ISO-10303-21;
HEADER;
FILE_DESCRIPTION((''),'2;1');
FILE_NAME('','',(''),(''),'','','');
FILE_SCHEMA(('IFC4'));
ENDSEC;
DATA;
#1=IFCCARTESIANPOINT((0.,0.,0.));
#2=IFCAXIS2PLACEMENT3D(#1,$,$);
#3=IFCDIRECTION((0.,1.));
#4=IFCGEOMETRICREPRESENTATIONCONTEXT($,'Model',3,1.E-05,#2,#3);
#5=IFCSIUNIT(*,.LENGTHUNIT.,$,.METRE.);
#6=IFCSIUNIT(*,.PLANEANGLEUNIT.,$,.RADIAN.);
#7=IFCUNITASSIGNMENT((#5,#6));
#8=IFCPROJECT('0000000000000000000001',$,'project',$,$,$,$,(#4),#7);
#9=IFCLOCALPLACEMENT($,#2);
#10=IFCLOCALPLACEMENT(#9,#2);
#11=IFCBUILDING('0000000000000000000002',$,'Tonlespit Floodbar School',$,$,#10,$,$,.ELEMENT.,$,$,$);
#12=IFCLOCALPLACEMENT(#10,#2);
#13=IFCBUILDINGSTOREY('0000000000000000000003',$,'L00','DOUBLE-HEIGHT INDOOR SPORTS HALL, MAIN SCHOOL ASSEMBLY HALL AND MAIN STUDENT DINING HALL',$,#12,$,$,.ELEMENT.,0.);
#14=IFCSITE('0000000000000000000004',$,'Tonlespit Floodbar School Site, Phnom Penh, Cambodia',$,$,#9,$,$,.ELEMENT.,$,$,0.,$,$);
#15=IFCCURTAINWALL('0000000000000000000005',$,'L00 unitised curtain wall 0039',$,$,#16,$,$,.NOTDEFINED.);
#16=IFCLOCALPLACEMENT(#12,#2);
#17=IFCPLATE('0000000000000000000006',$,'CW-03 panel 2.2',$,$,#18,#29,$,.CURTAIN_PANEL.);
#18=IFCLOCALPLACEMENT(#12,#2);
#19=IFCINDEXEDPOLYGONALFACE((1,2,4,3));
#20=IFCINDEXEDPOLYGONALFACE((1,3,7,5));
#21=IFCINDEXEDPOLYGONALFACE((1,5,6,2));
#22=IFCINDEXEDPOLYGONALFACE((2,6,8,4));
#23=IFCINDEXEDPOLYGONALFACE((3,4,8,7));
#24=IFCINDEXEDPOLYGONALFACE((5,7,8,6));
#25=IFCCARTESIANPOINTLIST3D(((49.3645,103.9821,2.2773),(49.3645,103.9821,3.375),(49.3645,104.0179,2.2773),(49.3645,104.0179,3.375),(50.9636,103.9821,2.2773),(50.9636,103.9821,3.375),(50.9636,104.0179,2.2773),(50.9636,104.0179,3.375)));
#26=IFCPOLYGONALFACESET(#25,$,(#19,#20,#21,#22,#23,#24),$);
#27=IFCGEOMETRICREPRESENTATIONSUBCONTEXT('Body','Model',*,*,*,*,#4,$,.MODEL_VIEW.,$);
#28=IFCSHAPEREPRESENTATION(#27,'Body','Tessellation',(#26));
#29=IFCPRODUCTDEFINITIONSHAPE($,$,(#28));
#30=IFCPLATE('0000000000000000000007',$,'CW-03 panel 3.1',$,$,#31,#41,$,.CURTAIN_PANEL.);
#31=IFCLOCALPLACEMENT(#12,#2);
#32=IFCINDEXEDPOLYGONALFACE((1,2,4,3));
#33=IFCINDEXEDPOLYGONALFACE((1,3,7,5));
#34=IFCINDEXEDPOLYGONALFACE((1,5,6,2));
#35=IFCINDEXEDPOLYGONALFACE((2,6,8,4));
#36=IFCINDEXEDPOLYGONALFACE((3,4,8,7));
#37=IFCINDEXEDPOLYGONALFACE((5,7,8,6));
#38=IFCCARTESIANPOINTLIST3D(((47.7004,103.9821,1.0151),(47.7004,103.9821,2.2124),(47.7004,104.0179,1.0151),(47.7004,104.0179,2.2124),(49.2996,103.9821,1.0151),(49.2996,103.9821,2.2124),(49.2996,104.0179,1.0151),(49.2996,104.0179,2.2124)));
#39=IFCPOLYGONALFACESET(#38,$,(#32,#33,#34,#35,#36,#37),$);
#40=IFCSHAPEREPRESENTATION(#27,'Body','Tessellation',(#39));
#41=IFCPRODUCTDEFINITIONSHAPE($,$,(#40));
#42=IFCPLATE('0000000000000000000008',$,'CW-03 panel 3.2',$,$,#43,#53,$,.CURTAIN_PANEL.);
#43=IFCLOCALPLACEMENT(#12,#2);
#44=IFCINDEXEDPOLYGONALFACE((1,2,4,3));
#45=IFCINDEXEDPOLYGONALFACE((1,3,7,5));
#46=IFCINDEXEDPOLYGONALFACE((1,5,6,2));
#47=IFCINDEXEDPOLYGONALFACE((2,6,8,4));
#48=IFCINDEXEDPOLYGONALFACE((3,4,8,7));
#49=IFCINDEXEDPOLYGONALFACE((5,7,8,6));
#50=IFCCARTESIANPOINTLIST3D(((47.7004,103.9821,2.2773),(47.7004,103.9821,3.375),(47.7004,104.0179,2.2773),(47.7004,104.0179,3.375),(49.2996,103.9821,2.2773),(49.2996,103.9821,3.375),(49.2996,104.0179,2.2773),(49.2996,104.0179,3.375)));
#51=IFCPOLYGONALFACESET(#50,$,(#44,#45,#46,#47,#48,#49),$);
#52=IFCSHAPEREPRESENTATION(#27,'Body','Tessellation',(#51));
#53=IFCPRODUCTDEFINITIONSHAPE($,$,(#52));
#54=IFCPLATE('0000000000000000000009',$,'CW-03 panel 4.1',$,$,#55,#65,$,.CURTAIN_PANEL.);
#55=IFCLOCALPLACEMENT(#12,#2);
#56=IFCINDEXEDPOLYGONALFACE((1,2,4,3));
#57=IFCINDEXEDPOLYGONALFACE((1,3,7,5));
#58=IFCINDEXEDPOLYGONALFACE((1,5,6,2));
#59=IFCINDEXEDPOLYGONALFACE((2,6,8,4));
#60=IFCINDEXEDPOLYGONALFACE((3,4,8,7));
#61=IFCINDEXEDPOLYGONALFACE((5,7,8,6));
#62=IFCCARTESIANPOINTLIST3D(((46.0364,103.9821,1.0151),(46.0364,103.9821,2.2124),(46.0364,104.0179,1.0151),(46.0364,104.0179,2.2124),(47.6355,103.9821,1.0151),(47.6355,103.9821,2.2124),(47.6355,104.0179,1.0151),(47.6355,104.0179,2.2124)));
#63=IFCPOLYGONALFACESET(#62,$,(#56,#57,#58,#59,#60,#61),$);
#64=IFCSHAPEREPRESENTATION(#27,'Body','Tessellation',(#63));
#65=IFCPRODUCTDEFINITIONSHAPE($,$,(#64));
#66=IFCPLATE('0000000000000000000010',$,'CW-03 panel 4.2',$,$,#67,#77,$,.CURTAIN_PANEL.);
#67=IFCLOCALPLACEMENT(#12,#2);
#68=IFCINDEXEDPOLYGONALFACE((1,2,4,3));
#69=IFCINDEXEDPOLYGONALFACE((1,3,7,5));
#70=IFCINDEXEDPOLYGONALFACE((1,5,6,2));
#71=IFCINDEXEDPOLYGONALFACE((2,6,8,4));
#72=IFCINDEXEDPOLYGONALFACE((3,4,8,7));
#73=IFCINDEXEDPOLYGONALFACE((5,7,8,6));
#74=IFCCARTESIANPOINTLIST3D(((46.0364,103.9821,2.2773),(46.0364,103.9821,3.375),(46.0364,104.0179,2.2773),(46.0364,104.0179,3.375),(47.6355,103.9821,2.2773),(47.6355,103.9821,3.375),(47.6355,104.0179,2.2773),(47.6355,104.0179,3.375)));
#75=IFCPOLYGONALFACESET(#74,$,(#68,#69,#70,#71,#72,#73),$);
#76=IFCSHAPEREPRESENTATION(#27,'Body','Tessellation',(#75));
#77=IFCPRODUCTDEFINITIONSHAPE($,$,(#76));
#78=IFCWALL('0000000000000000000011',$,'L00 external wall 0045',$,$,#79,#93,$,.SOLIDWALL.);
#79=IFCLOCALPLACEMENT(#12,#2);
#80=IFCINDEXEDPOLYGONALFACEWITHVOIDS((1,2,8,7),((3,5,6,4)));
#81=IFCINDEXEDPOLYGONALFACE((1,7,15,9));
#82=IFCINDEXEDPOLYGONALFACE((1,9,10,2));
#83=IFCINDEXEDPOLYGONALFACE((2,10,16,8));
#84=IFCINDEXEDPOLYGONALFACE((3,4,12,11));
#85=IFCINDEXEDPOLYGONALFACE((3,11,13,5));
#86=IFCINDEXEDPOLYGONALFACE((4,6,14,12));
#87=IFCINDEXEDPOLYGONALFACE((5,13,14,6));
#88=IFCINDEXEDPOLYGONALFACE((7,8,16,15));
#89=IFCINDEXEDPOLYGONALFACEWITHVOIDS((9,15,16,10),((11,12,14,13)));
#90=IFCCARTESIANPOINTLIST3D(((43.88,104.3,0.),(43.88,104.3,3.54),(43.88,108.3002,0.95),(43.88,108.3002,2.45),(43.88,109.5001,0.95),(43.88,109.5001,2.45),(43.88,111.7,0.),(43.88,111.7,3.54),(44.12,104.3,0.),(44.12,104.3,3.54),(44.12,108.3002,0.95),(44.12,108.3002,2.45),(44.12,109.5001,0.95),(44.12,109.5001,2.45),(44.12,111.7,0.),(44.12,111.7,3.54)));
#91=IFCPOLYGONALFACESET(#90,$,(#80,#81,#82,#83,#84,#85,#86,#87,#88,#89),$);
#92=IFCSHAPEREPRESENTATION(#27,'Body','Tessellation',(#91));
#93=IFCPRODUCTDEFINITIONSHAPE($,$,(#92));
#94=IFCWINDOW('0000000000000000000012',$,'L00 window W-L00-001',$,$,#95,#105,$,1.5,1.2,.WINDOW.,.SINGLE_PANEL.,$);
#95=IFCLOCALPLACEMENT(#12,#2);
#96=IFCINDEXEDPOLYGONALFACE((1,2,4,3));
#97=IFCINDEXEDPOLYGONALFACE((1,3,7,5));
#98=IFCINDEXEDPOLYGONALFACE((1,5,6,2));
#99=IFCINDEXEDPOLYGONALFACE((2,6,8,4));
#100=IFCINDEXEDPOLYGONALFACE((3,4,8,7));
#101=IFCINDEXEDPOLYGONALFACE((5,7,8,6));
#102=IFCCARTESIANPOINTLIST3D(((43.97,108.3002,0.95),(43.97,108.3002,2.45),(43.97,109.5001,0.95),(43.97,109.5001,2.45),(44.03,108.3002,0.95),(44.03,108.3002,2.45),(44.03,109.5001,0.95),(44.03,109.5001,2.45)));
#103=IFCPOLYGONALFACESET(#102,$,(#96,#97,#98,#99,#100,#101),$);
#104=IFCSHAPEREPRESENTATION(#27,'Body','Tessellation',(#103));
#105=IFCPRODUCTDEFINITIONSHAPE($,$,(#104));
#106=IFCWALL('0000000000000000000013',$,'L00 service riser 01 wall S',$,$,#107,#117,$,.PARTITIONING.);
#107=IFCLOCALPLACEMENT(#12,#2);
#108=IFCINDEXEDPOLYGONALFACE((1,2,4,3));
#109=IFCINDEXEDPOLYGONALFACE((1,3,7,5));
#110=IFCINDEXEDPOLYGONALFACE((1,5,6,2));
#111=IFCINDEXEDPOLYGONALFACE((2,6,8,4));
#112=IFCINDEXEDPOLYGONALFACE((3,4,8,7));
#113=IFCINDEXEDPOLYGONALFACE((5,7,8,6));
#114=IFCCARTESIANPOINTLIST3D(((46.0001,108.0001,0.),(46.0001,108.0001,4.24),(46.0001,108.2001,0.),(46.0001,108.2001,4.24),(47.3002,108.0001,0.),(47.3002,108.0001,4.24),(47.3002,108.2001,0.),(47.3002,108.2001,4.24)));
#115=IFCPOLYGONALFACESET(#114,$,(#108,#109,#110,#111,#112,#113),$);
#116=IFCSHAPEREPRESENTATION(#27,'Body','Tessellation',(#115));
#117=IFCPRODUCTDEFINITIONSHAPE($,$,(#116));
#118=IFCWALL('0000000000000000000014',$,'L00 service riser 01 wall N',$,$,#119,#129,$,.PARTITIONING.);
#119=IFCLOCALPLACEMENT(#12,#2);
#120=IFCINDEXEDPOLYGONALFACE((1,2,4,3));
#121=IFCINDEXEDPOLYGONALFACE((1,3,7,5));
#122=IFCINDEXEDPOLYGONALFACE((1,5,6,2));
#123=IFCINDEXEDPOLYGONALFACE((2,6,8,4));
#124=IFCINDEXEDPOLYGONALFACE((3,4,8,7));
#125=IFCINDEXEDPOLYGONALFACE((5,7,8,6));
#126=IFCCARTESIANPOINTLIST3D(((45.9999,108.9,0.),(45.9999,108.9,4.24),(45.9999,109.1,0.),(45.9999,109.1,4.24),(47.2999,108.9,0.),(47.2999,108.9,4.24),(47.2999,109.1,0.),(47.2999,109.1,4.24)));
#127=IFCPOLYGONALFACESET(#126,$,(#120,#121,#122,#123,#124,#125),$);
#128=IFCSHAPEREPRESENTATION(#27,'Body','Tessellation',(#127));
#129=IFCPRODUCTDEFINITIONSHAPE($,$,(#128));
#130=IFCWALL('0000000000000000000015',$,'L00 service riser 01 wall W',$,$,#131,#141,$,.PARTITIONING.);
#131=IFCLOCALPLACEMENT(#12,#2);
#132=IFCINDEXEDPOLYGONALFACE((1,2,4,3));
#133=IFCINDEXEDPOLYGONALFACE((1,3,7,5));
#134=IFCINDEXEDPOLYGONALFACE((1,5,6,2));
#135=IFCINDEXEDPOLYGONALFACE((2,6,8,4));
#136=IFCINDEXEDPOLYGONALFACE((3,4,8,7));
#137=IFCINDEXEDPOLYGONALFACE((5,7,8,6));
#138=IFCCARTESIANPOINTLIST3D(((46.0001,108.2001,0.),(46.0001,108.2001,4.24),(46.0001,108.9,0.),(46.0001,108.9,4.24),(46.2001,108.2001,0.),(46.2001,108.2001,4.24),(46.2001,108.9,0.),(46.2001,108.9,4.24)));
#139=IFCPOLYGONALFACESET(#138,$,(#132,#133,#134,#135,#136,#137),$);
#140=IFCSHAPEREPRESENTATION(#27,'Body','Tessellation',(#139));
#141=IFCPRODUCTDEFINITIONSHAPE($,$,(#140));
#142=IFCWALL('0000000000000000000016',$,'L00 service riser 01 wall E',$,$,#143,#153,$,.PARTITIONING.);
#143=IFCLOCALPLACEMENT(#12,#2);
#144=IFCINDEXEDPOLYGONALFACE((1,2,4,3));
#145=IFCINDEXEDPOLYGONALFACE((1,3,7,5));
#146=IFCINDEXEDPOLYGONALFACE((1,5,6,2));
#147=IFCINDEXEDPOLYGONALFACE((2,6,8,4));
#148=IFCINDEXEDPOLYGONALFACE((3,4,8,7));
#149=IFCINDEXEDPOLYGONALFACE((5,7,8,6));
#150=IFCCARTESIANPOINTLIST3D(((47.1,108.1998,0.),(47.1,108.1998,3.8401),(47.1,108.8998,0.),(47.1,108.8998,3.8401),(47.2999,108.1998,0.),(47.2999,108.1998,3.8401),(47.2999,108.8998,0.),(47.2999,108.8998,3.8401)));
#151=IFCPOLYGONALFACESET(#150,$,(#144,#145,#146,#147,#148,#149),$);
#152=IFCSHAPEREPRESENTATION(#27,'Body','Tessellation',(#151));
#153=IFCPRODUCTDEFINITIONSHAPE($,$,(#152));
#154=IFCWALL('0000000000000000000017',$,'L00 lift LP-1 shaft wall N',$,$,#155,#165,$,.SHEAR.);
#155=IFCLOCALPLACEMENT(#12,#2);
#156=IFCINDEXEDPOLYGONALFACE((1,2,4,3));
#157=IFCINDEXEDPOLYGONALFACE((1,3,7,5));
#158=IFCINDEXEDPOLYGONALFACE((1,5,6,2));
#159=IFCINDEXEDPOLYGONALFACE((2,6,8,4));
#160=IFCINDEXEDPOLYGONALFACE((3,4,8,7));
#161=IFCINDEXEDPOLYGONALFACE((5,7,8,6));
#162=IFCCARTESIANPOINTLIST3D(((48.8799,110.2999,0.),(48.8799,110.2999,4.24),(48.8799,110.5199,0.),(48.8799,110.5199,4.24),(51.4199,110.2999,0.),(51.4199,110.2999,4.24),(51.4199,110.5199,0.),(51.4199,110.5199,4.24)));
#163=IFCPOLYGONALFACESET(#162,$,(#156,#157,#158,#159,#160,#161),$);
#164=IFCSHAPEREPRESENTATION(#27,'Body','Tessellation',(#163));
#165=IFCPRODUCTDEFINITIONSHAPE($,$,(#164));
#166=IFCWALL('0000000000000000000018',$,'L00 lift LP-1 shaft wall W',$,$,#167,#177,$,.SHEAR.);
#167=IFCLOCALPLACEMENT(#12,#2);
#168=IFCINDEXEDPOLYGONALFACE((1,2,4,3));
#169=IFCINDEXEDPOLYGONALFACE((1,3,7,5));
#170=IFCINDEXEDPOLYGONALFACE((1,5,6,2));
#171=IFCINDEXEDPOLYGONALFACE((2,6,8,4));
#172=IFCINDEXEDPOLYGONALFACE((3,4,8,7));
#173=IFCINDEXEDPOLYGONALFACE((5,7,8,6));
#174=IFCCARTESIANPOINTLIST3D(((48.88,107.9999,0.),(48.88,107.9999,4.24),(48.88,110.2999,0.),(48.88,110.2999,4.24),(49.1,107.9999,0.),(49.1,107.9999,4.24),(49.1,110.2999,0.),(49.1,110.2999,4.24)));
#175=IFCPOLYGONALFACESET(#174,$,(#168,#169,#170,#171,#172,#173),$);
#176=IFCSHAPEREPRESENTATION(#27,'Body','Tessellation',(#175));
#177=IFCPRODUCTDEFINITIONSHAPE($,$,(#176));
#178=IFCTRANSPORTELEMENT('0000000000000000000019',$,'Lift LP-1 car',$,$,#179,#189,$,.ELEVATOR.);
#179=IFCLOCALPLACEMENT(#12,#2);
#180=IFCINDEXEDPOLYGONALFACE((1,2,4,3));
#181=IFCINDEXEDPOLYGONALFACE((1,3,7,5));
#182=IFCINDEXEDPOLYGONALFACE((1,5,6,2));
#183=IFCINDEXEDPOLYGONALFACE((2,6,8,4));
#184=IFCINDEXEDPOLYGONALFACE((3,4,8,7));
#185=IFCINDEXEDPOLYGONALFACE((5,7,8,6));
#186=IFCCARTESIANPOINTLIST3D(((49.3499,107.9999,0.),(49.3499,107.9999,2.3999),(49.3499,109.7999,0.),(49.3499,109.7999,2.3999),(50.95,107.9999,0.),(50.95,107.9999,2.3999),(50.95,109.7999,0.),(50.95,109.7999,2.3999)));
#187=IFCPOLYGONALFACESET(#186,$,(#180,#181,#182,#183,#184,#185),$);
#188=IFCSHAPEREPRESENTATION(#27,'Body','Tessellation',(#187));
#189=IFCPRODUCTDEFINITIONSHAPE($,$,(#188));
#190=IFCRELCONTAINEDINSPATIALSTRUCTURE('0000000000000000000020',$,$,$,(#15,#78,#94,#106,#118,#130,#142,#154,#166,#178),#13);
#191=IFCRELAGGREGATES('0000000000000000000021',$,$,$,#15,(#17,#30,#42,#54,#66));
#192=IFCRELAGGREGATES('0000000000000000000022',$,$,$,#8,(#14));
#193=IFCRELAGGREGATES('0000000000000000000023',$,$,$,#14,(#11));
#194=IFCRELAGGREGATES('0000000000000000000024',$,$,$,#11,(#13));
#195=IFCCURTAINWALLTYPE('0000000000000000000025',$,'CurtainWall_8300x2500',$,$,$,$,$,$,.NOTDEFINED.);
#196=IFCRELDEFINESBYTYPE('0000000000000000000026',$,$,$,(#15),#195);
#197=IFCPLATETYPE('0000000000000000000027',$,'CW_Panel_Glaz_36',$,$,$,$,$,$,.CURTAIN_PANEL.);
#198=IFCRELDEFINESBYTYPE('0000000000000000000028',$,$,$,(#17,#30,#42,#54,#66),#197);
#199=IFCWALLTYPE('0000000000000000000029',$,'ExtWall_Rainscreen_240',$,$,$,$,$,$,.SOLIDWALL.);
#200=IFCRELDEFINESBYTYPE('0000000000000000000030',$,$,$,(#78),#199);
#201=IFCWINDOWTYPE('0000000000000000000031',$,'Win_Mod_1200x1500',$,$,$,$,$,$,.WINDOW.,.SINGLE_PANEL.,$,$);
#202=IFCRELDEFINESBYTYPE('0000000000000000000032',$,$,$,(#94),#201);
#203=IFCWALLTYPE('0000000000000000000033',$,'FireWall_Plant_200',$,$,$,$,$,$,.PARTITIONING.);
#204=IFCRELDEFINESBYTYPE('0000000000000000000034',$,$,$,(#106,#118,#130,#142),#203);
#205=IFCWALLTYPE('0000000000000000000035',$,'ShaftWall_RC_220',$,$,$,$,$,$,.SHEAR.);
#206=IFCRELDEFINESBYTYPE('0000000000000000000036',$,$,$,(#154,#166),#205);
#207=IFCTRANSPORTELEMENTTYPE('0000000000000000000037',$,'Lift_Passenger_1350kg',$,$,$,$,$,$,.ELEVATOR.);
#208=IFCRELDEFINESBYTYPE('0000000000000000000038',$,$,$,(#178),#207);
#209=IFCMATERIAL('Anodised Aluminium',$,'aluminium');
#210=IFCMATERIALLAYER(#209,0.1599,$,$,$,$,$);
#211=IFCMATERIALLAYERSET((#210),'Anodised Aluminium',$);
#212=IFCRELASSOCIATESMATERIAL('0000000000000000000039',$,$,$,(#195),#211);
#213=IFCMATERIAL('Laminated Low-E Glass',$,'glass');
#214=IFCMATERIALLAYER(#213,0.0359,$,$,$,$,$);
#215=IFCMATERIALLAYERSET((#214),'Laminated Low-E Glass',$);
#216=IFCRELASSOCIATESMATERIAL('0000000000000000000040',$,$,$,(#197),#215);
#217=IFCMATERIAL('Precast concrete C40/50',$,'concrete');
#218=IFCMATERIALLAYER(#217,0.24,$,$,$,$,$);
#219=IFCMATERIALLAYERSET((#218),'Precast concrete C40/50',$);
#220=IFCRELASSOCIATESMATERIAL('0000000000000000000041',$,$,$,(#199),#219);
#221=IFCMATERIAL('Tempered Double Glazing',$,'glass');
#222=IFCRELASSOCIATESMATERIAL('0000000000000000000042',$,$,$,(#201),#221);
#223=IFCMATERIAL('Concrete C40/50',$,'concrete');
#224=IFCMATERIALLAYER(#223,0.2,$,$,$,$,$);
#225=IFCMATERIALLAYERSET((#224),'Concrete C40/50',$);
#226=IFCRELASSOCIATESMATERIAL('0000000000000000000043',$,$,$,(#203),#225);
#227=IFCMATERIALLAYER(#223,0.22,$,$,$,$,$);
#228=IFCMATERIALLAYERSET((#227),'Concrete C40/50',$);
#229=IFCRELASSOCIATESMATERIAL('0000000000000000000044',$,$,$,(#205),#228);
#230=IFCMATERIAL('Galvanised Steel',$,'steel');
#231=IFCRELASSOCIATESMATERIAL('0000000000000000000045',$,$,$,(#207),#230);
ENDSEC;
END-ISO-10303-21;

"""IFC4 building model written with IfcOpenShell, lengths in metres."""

from ifc_helpers import new_model, si_unit, direction, frame, frame_2d, origin, origin_2d, place, context, subcontext, project, spatial, rectangle, extrude, material, layer, layer_set, type_object, element, fill, aggregate, save


model = new_model("IFC4")

# Units and contexts
model_context = context("Model", 3, precision=1e-05, world=origin(), true_north=direction((0.0, 1.0)))
body_context = subcontext(model_context, "Body", "Model", "MODEL_VIEW")
ifc_project = project(units=[si_unit("LENGTHUNIT", "METRE"), si_unit("PLANEANGLEUNIT", "RADIAN")], contexts=[model_context])

# Site, building, storey
site_placement = place(None, origin())
site = spatial("IfcSite", under=ifc_project, at=site_placement, Name="Tonlespit Floodbar School Site, Phnom Penh, Cambodia", CompositionType="ELEMENT", RefElevation=0.0)
building_placement = place(site_placement, origin())
building = spatial("IfcBuilding", under=site, at=building_placement, Name="Tonlespit Floodbar School", CompositionType="ELEMENT")
storey_placement = place(building_placement, origin())
storey = spatial("IfcBuildingStorey", under=building, at=storey_placement, Name="L00", Description="DOUBLE-HEIGHT INDOOR SPORTS HALL, MAIN SCHOOL ASSEMBLY HALL AND MAIN STUDENT DINING HALL", CompositionType="ELEMENT", Elevation=0.0)

# Shared definitions
ifc_material_1 = material(Name="Concrete C40/50", Category="concrete")

# Curtain wall
ifc_material_2 = material(Name="Anodised Aluminium", Category="aluminium")
ifc_layer_1 = layer(ifc_material_2, 0.1599)
ifc_layer_set_1 = layer_set([ifc_layer_1], Name="Anodised Aluminium")
curtain_wall_type = type_object("IfcCurtainWallType", Name="CurtainWall_8300x2500", PredefinedType="NOTDEFINED", material=ifc_layer_set_1)
curtain_wall_placement = place(storey_placement, origin())
curtain_wall = element("IfcCurtainWall", 1, at=curtain_wall_placement, inside=storey, type_object=curtain_wall_type, Name="L00 unitised curtain wall 0039", PredefinedType="NOTDEFINED")

# Plates
ifc_material_3 = material(Name="Laminated Low-E Glass", Category="glass")
ifc_layer_2 = layer(ifc_material_3, 0.0359)
ifc_layer_set_2 = layer_set([ifc_layer_2], Name="Laminated Low-E Glass")
plate_type = type_object("IfcPlateType", Name="CW_Panel_Glaz_36", PredefinedType="CURTAIN_PANEL", material=ifc_layer_set_2)
plate_1_placement = place(storey_placement, frame((50.1641, 104.0, 2.2773), z_axis=(0.0, 0.0, 1.0), x_axis=(-1.0, 0.0, 0.0)))
plate_1 = element("IfcPlate", 2, at=plate_1_placement, type_object=plate_type, Name="CW-03 panel 2.2", PredefinedType="CURTAIN_PANEL", context=body_context, shape_type="SweptSolid", body=[
    extrude(rectangle(XDim=1.5991, YDim=0.0359, at=origin_2d()), origin(), (0.0, 0.0, 1.0), 1.0977),
])
plate_2_placement = place(storey_placement, frame((48.5, 104.0, 1.0151), z_axis=(0.0, 0.0, 1.0), x_axis=(-1.0, 0.0, 0.0)))
plate_2 = element("IfcPlate", 3, at=plate_2_placement, type_object=plate_type, Name="CW-03 panel 3.1", PredefinedType="CURTAIN_PANEL", context=body_context, shape_type="SweptSolid", body=[
    extrude(rectangle(XDim=1.5991, YDim=0.0359, at=origin_2d()), origin(), (0.0, 0.0, 1.0), 1.1973),
])
plate_3_placement = place(storey_placement, frame((48.5, 104.0, 2.2773), z_axis=(0.0, 0.0, 1.0), x_axis=(-1.0, 0.0, 0.0)))
plate_3 = element("IfcPlate", 4, at=plate_3_placement, type_object=plate_type, Name="CW-03 panel 3.2", PredefinedType="CURTAIN_PANEL", context=body_context, shape_type="SweptSolid", body=[
    extrude(rectangle(XDim=1.5991, YDim=0.0359, at=origin_2d()), origin(), (0.0, 0.0, 1.0), 1.0977),
])
plate_4_placement = place(storey_placement, frame((46.8359, 104.0, 1.0151), z_axis=(0.0, 0.0, 1.0), x_axis=(-1.0, 0.0, 0.0)))
plate_4 = element("IfcPlate", 5, at=plate_4_placement, type_object=plate_type, Name="CW-03 panel 4.1", PredefinedType="CURTAIN_PANEL", context=body_context, shape_type="SweptSolid", body=[
    extrude(rectangle(XDim=1.5991, YDim=0.0359, at=origin_2d()), origin(), (0.0, 0.0, 1.0), 1.1973),
])
plate_5_placement = place(storey_placement, frame((46.8359, 104.0, 2.2773), z_axis=(0.0, 0.0, 1.0), x_axis=(-1.0, 0.0, 0.0)))
plate_5 = element("IfcPlate", 6, at=plate_5_placement, type_object=plate_type, Name="CW-03 panel 4.2", PredefinedType="CURTAIN_PANEL", context=body_context, shape_type="SweptSolid", body=[
    extrude(rectangle(XDim=1.5991, YDim=0.0359, at=origin_2d()), origin(), (0.0, 0.0, 1.0), 1.0977),
])
aggregate(curtain_wall, [plate_1, plate_2, plate_3, plate_4, plate_5])

# Wall, opening, window
ifc_material_4 = material(Name="Precast concrete C40/50", Category="concrete")
ifc_layer_3 = layer(ifc_material_4, 0.24)
ifc_layer_set_3 = layer_set([ifc_layer_3], Name="Precast concrete C40/50")
wall_type_1 = type_object("IfcWallType", Name="ExtWall_Rainscreen_240", PredefinedType="SOLIDWALL", material=ifc_layer_set_3)
wall_1_placement = place(storey_placement, frame((44.0, 104.3, 0.0), z_axis=(0.0, 0.0, 1.0), x_axis=(0.0, 1.0, 0.0)))
wall_1 = element("IfcWall", 7, at=wall_1_placement, inside=storey, type_object=wall_type_1, Name="L00 external wall 0045", PredefinedType="SOLIDWALL", context=body_context, shape_type="SweptSolid", body=[
    extrude(rectangle(XDim=7.3999, YDim=0.24, at=frame_2d((3.7, 0.0))), origin(), (0.0, 0.0, 1.0), 3.54),
])
opening_placement = place(wall_1_placement, frame((4.0, 0.0, 0.95)))
opening = element("IfcOpeningElement", 8, at=opening_placement, cuts=wall_1, PredefinedType="OPENING", context=body_context, shape_type="SweptSolid", body=[
    extrude(rectangle(XDim=1.2, YDim=1.5, at=frame_2d((0.6001, 0.75))), frame((0.0, 0.1299, 0.0), z_axis=(0.0, -1.0, 0.0), x_axis=(1.0, 0.0, 0.0)), (0.0, 0.0, 1.0), 0.26),
])
ifc_material_5 = material(Name="Tempered Double Glazing", Category="glass")
window_type = type_object("IfcWindowType", Name="Win_Mod_1200x1500", PartitioningType="SINGLE_PANEL", PredefinedType="WINDOW", material=ifc_material_5)
window_placement = place(opening_placement, origin())
window = element("IfcWindow", 9, at=window_placement, inside=storey, type_object=window_type, Name="L00 window W-L00-001", OverallHeight=1.5, OverallWidth=1.2, PartitioningType="SINGLE_PANEL", PredefinedType="WINDOW", context=body_context, shape_type="SweptSolid", body=[
    extrude(rectangle(XDim=1.2, YDim=1.5, at=frame_2d((0.6001, 0.75))), frame((0.0, 0.03, 0.0), z_axis=(0.0, -1.0, 0.0), x_axis=(1.0, 0.0, 0.0)), (0.0, 0.0, 1.0), 0.0601),
])
fill(opening, window)

# Walls
ifc_layer_4 = layer(ifc_material_1, 0.2)
ifc_layer_set_4 = layer_set([ifc_layer_4], Name="Concrete C40/50")
wall_type_2 = type_object("IfcWallType", Name="FireWall_Plant_200", PredefinedType="PARTITIONING", material=ifc_layer_set_4)
for number, where, z_axis, x_axis, name in (
    (10, (47.3, 108.1001, 0.0), (0.0, 0.0, 1.0), (-1.0, 0.0, 0.0), "L00 service riser 01 wall S"),
    (11, (46.0, 109.0, 0.0), (0.0, 0.0, 1.0), (1.0, 0.0, 0.0), "L00 service riser 01 wall N"),
):
    element("IfcWall", number, at=place(storey_placement, frame(where, z_axis=z_axis, x_axis=x_axis)), inside=storey, type_object=wall_type_2, Name=name, PredefinedType="PARTITIONING", context=body_context, shape_type="SweptSolid", body=[
        extrude(rectangle(XDim=1.3, YDim=0.2, at=frame_2d((0.6499, 0.0))), origin(), (0.0, 0.0, 1.0), 4.24),
    ])
wall_2_placement = place(storey_placement, frame((46.1001, 108.2, 0.0), z_axis=(0.0, 0.0, 1.0), x_axis=(0.0, 1.0, 0.0)))
element("IfcWall", 12, at=wall_2_placement, inside=storey, type_object=wall_type_2, Name="L00 service riser 01 wall W", PredefinedType="PARTITIONING", context=body_context, shape_type="SweptSolid", body=[
    extrude(rectangle(XDim=0.7, YDim=0.2, at=frame_2d((0.3501, 0.0))), origin(), (0.0, 0.0, 1.0), 4.24),
])
wall_3_placement = place(storey_placement, frame((47.2, 108.8999, 0.0), z_axis=(0.0, 0.0, 1.0), x_axis=(0.0, -1.0, 0.0)))
element("IfcWall", 13, at=wall_3_placement, inside=storey, type_object=wall_type_2, Name="L00 service riser 01 wall E", PredefinedType="PARTITIONING", context=body_context, shape_type="SweptSolid", body=[
    extrude(rectangle(XDim=0.7, YDim=0.2, at=frame_2d((0.3501, 0.0))), origin(), (0.0, 0.0, 1.0), 3.8401),
])
ifc_layer_5 = layer(ifc_material_1, 0.22)
ifc_layer_set_5 = layer_set([ifc_layer_5], Name="Concrete C40/50")
wall_type_3 = type_object("IfcWallType", Name="ShaftWall_RC_220", PredefinedType="SHEAR", material=ifc_layer_set_5)
wall_4_placement = place(storey_placement, frame((48.8799, 110.4099, 0.0), z_axis=(0.0, 0.0, 1.0), x_axis=(1.0, 0.0, 0.0)))
element("IfcWall", 14, at=wall_4_placement, inside=storey, type_object=wall_type_3, Name="L00 lift LP-1 shaft wall N", PredefinedType="SHEAR", context=body_context, shape_type="SweptSolid", body=[
    extrude(rectangle(XDim=2.54, YDim=0.22, at=frame_2d((1.27, 0.0))), origin(), (0.0, 0.0, 1.0), 4.24),
])
wall_5_placement = place(storey_placement, frame((48.99, 108.0, 0.0), z_axis=(0.0, 0.0, 1.0), x_axis=(0.0, 1.0, 0.0)))
element("IfcWall", 15, at=wall_5_placement, inside=storey, type_object=wall_type_3, Name="L00 lift LP-1 shaft wall W", PredefinedType="SHEAR", context=body_context, shape_type="SweptSolid", body=[
    extrude(rectangle(XDim=2.3, YDim=0.22, at=frame_2d((1.1499, 0.0))), origin(), (0.0, 0.0, 1.0), 4.24),
])

# Transport element
ifc_material_6 = material(Name="Galvanised Steel", Category="steel")
transport_element_type = type_object("IfcTransportElementType", Name="Lift_Passenger_1350kg", PredefinedType="ELEVATOR", material=ifc_material_6)
transport_element_placement = place(storey_placement, frame((50.1499, 108.8999, 0.0), z_axis=(0.0, 0.0, 1.0), x_axis=(1.0, 0.0, 0.0)))
element("IfcTransportElement", 16, at=transport_element_placement, inside=storey, type_object=transport_element_type, Name="Lift LP-1 car", PredefinedType="ELEVATOR", context=body_context, shape_type="SweptSolid", body=[
    extrude(rectangle(XDim=1.6001, YDim=1.8, at=origin_2d()), origin(), (0.0, 0.0, 1.0), 2.3999),
])

save(model, "model.ifc")
